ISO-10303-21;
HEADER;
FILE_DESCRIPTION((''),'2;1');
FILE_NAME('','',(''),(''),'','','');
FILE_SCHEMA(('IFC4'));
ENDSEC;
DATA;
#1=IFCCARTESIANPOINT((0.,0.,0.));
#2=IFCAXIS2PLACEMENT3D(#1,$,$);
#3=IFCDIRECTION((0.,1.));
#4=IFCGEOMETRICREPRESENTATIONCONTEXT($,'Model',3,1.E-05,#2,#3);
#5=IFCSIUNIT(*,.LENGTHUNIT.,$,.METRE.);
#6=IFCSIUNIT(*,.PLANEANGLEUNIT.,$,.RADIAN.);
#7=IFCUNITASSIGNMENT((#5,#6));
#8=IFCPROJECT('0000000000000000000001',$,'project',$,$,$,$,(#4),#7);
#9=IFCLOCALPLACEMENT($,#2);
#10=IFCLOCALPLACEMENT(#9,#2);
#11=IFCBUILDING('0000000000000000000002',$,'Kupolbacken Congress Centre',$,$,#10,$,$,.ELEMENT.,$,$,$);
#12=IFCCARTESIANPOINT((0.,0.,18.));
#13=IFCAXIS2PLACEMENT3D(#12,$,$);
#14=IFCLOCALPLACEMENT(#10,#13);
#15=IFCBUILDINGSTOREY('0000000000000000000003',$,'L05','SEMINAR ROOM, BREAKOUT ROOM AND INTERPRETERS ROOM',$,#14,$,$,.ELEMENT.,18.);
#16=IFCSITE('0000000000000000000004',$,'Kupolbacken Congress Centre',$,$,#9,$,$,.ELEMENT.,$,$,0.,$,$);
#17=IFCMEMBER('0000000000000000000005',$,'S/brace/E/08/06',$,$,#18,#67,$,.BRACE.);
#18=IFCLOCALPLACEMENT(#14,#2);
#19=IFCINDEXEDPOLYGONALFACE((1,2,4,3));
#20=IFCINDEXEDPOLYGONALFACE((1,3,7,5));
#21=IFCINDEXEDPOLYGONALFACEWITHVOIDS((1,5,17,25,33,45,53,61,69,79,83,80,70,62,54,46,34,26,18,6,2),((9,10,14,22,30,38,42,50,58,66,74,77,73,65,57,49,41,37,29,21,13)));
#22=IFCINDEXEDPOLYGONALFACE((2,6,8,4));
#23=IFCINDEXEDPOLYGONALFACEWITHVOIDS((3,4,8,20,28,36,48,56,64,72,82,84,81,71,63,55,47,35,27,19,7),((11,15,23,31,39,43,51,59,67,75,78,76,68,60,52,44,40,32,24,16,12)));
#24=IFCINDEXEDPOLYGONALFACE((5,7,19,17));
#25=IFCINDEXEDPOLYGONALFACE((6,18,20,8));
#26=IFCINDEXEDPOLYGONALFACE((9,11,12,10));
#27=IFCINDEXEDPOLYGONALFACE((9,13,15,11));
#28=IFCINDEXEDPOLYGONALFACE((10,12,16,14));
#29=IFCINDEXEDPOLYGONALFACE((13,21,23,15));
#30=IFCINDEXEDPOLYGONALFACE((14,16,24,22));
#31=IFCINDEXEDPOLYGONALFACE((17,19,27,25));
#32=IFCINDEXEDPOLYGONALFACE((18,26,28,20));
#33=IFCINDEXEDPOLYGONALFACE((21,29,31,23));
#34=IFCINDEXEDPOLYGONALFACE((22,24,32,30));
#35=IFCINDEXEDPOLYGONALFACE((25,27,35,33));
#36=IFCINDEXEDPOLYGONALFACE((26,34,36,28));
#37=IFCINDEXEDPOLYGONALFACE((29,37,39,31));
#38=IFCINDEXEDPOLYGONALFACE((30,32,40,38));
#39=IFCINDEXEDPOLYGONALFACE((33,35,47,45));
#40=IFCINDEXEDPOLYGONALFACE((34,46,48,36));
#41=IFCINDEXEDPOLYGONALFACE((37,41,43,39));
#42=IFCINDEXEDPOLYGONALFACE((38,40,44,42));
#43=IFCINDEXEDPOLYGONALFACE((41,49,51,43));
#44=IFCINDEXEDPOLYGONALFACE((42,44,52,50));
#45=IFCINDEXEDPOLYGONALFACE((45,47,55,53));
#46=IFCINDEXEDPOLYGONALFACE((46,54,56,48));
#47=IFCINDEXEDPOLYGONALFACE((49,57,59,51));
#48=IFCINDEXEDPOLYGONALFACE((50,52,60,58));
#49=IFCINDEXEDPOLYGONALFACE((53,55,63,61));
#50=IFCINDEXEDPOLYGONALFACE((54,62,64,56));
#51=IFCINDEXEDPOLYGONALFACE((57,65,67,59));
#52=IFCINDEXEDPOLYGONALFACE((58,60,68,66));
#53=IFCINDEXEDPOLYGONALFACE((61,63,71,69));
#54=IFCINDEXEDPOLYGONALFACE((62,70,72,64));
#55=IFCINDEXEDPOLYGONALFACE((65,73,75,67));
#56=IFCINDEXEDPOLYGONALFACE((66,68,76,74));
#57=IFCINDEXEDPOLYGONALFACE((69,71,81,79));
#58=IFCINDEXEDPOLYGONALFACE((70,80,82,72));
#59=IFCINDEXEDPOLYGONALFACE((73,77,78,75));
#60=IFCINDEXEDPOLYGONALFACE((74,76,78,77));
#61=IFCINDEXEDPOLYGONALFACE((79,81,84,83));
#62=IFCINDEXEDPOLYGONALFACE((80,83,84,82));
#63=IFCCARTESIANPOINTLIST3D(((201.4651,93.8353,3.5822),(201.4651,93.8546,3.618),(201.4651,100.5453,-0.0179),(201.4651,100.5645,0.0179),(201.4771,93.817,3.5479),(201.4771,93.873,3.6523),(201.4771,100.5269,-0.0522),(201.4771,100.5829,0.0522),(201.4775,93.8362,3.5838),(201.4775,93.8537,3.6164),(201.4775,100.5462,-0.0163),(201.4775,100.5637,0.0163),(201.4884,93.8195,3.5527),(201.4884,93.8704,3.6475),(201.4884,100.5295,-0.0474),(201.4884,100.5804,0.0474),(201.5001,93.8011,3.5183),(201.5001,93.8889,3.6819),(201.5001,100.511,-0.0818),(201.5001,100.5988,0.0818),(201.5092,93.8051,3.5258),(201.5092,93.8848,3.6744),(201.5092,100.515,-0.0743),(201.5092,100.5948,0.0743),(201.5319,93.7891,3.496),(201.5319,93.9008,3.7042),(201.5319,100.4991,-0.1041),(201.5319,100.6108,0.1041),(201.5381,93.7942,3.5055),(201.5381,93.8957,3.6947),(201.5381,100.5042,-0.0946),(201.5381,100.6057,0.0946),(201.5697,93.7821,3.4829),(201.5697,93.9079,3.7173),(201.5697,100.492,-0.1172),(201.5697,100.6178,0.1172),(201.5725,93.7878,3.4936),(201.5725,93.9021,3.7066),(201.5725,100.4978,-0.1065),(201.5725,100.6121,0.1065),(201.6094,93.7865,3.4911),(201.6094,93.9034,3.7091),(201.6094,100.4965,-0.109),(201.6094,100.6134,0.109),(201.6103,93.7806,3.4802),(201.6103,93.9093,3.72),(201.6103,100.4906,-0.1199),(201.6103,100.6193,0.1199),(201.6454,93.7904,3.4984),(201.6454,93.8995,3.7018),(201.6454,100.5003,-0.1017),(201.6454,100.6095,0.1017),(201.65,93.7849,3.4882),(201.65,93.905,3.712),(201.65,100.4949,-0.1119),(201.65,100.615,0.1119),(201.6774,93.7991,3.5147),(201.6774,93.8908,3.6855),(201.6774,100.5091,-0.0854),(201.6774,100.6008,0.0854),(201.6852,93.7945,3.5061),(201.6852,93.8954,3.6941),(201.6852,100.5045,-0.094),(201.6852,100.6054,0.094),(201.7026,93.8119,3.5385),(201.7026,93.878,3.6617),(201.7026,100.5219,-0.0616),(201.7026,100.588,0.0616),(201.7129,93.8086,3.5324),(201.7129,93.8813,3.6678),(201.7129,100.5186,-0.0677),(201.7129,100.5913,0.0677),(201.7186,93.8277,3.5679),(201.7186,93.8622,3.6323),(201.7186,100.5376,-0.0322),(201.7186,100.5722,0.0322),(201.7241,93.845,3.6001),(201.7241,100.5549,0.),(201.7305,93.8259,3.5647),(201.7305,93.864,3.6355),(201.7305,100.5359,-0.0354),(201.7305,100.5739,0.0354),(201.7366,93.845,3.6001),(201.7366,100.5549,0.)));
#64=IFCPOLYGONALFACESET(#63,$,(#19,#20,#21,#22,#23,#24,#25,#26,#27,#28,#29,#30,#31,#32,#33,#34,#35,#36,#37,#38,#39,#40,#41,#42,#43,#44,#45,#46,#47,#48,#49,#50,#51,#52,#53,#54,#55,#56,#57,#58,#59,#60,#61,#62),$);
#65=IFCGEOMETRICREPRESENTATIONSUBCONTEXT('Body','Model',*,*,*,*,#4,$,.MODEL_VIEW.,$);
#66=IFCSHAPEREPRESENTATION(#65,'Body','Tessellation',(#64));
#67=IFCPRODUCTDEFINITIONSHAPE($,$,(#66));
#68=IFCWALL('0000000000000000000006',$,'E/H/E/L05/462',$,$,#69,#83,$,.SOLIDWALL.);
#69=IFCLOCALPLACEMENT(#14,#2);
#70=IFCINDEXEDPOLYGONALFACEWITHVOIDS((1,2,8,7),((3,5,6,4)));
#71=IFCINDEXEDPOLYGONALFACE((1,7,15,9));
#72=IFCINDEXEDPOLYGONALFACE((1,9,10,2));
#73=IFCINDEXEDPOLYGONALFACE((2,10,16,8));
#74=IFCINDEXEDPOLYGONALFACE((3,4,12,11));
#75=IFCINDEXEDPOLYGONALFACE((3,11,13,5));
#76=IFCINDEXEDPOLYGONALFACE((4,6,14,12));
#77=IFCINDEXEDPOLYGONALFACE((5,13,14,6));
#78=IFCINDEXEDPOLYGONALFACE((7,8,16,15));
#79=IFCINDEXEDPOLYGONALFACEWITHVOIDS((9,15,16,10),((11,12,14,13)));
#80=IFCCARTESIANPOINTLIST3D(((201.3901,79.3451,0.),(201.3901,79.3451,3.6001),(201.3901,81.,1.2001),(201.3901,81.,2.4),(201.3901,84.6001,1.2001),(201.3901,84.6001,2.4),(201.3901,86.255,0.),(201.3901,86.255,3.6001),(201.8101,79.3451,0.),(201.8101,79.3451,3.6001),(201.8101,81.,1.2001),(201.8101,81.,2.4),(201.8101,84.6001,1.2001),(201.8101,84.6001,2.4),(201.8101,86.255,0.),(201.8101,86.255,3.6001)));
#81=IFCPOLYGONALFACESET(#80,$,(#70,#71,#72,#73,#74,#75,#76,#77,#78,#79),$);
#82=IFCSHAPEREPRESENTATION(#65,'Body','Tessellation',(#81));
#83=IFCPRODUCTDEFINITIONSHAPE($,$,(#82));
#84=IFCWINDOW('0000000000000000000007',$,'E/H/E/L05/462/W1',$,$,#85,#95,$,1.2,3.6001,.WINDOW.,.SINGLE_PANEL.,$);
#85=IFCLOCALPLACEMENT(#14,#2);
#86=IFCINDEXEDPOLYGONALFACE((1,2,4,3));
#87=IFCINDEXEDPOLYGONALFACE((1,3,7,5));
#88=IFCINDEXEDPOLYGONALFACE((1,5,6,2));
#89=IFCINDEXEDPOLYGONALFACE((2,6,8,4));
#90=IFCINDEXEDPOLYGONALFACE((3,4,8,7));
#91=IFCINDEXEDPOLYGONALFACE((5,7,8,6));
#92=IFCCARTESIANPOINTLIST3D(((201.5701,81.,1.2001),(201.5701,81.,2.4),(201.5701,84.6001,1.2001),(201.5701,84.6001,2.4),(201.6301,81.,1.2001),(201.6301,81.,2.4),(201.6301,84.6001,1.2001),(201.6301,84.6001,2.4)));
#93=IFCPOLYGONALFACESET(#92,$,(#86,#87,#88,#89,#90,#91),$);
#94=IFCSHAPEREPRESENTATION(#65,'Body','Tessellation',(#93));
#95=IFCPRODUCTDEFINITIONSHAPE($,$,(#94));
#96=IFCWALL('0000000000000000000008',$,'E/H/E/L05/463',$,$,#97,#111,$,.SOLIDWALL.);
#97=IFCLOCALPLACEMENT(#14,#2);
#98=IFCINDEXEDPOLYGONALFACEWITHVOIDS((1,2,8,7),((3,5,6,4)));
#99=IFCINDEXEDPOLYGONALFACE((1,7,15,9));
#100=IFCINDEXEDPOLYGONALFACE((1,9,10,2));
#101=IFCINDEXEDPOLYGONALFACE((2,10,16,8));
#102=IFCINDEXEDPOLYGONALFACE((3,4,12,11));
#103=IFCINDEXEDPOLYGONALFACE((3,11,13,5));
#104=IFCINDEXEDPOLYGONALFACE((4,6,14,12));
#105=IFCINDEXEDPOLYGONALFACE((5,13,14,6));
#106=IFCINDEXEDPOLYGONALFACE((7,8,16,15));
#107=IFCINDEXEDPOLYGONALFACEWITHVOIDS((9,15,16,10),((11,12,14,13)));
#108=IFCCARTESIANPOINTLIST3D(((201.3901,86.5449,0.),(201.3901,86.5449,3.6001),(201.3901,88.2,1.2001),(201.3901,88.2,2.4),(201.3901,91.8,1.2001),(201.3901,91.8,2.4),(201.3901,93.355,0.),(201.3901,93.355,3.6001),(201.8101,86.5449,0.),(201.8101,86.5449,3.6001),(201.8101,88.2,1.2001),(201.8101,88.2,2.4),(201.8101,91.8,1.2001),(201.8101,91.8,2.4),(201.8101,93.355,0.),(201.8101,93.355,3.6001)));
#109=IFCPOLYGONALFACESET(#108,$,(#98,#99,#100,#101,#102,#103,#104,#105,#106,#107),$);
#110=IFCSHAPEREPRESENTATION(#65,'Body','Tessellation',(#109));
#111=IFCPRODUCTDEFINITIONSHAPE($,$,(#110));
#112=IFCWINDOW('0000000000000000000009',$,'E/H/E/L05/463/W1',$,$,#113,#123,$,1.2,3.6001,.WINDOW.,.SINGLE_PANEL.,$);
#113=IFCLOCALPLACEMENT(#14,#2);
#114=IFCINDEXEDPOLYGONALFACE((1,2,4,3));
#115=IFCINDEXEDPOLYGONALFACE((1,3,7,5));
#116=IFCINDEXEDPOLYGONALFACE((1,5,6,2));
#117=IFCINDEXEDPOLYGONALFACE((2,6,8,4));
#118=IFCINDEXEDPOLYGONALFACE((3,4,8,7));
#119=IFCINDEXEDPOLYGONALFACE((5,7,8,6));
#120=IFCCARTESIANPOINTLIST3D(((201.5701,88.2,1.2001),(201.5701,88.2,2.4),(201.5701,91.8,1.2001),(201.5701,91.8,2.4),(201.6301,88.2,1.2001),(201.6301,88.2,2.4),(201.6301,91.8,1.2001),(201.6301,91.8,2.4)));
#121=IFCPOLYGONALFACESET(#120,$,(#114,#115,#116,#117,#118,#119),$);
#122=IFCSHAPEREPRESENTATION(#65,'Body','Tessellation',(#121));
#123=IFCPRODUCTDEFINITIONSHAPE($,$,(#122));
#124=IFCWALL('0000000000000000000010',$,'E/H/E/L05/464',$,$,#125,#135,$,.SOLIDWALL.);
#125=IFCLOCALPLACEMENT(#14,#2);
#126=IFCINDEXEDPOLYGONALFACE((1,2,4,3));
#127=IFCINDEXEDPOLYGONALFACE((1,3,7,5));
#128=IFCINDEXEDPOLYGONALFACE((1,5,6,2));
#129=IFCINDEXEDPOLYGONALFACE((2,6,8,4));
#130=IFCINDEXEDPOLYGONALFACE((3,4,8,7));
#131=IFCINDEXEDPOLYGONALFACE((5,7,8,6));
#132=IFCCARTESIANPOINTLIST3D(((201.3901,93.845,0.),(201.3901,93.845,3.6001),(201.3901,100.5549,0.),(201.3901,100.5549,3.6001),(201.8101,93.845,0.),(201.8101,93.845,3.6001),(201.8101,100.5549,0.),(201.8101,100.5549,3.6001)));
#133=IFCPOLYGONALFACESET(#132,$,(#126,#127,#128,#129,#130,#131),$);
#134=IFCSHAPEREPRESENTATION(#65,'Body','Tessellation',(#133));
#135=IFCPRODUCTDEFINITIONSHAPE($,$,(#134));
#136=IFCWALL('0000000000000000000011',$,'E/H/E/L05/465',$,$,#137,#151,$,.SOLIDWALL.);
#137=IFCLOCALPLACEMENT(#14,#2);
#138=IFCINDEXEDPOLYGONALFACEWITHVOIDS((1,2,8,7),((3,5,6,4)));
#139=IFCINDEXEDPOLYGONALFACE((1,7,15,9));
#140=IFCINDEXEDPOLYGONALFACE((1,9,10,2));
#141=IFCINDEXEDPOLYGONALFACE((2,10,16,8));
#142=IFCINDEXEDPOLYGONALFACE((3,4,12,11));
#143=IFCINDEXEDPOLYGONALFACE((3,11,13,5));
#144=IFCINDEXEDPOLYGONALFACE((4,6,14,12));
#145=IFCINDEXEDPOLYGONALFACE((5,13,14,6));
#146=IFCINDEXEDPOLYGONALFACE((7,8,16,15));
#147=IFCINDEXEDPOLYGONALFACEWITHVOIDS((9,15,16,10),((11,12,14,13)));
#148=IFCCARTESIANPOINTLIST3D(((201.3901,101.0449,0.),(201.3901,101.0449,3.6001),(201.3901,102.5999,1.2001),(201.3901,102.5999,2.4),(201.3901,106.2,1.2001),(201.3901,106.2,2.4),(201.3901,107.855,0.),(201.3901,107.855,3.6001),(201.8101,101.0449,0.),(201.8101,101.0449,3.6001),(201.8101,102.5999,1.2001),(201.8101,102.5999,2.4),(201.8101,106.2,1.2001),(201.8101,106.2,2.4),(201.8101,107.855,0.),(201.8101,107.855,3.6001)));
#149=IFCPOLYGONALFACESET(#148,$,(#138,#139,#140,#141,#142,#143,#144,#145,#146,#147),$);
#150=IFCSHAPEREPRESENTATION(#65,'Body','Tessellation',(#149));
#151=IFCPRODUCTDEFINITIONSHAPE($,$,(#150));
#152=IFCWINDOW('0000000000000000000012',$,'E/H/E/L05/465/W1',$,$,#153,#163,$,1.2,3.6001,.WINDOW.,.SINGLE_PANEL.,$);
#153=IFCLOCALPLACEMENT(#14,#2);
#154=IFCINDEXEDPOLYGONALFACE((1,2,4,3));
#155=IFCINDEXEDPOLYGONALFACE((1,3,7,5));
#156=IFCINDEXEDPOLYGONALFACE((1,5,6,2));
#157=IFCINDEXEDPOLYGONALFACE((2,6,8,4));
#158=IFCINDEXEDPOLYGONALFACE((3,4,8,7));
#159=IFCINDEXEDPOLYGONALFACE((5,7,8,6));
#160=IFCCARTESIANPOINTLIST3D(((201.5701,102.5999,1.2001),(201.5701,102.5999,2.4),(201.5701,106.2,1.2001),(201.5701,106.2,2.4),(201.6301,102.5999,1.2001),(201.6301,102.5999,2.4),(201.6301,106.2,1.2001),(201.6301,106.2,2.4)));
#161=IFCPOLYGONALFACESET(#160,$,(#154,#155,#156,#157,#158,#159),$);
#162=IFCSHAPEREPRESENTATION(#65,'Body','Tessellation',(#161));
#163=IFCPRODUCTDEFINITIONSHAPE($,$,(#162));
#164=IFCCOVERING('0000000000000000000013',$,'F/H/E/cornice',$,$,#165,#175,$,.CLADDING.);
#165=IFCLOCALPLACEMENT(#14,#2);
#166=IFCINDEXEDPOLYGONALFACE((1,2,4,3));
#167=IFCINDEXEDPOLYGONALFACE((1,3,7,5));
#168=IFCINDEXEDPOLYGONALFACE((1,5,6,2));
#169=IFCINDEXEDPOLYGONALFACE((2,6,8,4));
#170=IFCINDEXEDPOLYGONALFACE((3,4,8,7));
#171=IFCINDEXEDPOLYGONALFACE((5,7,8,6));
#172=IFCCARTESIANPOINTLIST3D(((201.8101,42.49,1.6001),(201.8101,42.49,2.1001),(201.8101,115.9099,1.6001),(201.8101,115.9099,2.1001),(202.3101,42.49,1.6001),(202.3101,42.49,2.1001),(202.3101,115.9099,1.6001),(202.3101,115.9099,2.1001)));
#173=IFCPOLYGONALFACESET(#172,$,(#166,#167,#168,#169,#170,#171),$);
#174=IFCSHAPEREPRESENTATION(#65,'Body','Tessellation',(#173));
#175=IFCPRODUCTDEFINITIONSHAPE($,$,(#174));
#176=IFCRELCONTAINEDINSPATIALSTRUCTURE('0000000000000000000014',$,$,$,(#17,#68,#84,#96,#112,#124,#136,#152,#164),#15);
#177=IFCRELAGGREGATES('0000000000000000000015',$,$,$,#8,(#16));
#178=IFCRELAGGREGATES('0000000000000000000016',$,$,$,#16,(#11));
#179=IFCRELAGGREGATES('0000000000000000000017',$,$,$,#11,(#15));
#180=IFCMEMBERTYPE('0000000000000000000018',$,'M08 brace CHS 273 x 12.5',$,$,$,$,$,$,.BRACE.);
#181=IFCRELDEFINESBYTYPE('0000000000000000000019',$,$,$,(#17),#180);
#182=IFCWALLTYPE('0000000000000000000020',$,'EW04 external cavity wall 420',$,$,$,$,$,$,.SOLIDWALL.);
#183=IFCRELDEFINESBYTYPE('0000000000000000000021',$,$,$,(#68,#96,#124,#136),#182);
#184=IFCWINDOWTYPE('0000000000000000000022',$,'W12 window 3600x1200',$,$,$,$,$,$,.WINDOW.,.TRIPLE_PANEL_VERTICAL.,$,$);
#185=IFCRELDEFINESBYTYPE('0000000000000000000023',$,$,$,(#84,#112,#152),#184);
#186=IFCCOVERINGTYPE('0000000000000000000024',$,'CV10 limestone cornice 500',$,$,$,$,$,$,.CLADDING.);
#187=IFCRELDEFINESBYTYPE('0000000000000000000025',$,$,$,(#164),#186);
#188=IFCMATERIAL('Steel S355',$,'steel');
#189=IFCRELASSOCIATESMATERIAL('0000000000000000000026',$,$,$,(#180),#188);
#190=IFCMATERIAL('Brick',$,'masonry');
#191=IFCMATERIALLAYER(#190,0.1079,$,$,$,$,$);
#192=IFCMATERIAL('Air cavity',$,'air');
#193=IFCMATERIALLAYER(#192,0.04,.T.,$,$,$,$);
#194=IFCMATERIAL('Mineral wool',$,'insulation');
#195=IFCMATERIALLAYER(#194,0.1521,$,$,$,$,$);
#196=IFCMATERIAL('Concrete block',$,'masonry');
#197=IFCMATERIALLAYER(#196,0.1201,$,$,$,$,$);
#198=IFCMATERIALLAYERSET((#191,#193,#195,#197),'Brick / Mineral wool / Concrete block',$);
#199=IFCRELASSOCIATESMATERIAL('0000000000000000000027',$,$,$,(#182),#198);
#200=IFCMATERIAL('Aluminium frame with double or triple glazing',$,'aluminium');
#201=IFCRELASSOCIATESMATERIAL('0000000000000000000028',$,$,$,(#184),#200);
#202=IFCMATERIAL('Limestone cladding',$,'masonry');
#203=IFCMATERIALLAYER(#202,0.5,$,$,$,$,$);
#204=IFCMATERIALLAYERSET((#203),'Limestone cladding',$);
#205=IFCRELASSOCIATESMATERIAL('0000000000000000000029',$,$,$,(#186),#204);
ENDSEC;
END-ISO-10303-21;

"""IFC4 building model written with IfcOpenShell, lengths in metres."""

from ifc_helpers import new_model, si_unit, direction, frame, frame_2d, origin, origin_2d, place, context, subcontext, project, spatial, rectangle, hollow_circle, extrude, material, layer, layer_set, material_profile, profile_set, type_object, element, fill, save


model = new_model("IFC4")

# Units and contexts
model_context = context("Model", 3, precision=1e-05, world=origin(), true_north=direction((0.0, 1.0)))
body_context = subcontext(model_context, "Body", "Model", "MODEL_VIEW")
ifc_project = project(units=[si_unit("LENGTHUNIT", "METRE"), si_unit("PLANEANGLEUNIT", "RADIAN")], contexts=[model_context])

# Site, building, storey
site_placement = place(None, origin())
site = spatial("IfcSite", under=ifc_project, at=site_placement, Name="Kupolbacken Congress Centre", CompositionType="ELEMENT", RefElevation=0.0)
building_placement = place(site_placement, origin())
building = spatial("IfcBuilding", under=site, at=building_placement, Name="Kupolbacken Congress Centre", CompositionType="ELEMENT")
storey_placement = place(building_placement, frame((0.0, 0.0, 18.0)))
storey = spatial("IfcBuildingStorey", under=building, at=storey_placement, Name="L05", Description="SEMINAR ROOM, BREAKOUT ROOM AND INTERPRETERS ROOM", CompositionType="ELEMENT", Elevation=18.0)

# Member
ifc_material_1 = material(Name="Steel S355", Category="steel")
ifc_material_profile_1 = material_profile(ifc_material_1, hollow_circle(Radius=0.1365, WallThickness=0.0125, at=origin_2d()), Name="CHS 273 x 12.5")
ifc_profile_set_1 = profile_set([ifc_material_profile_1], Name="Steel S355")
member_type_1 = type_object("IfcMemberType", Name="M08 brace CHS 273 x 12.5", PredefinedType="BRACE", material=ifc_profile_set_1)
member_1_placement = place(storey_placement, frame((201.6001, 100.5549, 0.0), z_axis=(0.0, -0.88118, 0.47278), x_axis=(1.0, 0.0, 0.0)))
element("IfcMember", 1, at=member_1_placement, inside=storey, type_object=member_type_1, Name="S/brace/E/08/06", PredefinedType="BRACE", context=body_context, shape_type="SweptSolid", body=[
    extrude(hollow_circle(Radius=0.1365, WallThickness=0.0125, at=origin_2d()), origin(), (0.0, 0.0, 1.0), 7.6147),
])

# Walls, openings, windows
ifc_material_2 = material(Name="Brick", Category="masonry")
ifc_layer_1 = layer(ifc_material_2, 0.1079)
ifc_material_3 = material(Name="Air cavity", Category="air")
ifc_layer_2 = layer(ifc_material_3, 0.04, ventilated=True)
ifc_material_4 = material(Name="Mineral wool", Category="insulation")
ifc_layer_3 = layer(ifc_material_4, 0.1521)
ifc_material_5 = material(Name="Concrete block", Category="masonry")
ifc_layer_4 = layer(ifc_material_5, 0.1201)
ifc_layer_set_1 = layer_set([ifc_layer_1, ifc_layer_2, ifc_layer_3, ifc_layer_4], Name="Brick / Mineral wool / Concrete block")
wall_type = type_object("IfcWallType", Name="EW04 external cavity wall 420", PredefinedType="SOLIDWALL", material=ifc_layer_set_1)
wall_1_placement = place(storey_placement, frame((201.6001, 79.345, 0.0), z_axis=(0.0, 0.0, 1.0), x_axis=(0.0, 1.0, 0.0)))
wall_1 = element("IfcWall", 2, at=wall_1_placement, inside=storey, type_object=wall_type, Name="E/H/E/L05/462", PredefinedType="SOLIDWALL", context=body_context, shape_type="SweptSolid", body=[
    extrude(rectangle(XDim=6.9099, YDim=0.4199, at=frame_2d((3.4551, 0.0))), origin(), (0.0, 0.0, 1.0), 3.6001),
])
opening_1_placement = place(wall_1_placement, frame((1.655, 0.0, 1.2)))
opening_1 = element("IfcOpeningElement", 3, at=opening_1_placement, cuts=wall_1, PredefinedType="OPENING", context=body_context, shape_type="SweptSolid", body=[
    extrude(rectangle(XDim=3.6001, YDim=1.2, at=frame_2d((1.8, 0.6001))), frame((0.0, 0.22, 0.0), z_axis=(0.0, -1.0, 0.0), x_axis=(1.0, 0.0, 0.0)), (0.0, 0.0, 1.0), 0.4399),
])
ifc_material_6 = material(Name="Aluminium frame with double or triple glazing", Category="aluminium")
window_type = type_object("IfcWindowType", Name="W12 window 3600x1200", PartitioningType="TRIPLE_PANEL_VERTICAL", PredefinedType="WINDOW", material=ifc_material_6)
window_1_placement = place(opening_1_placement, origin())
window_1 = element("IfcWindow", 4, at=window_1_placement, inside=storey, type_object=window_type, Name="E/H/E/L05/462/W1", OverallHeight=1.2, OverallWidth=3.6001, PartitioningType="SINGLE_PANEL", PredefinedType="WINDOW", context=body_context, shape_type="SweptSolid", body=[
    extrude(rectangle(XDim=3.6001, YDim=1.2, at=frame_2d((1.8, 0.6001))), frame((0.0, 0.03, 0.0), z_axis=(0.0, -1.0, 0.0), x_axis=(1.0, 0.0, 0.0)), (0.0, 0.0, 1.0), 0.0601),
])
fill(opening_1, window_1)
wall_2_placement = place(storey_placement, frame((201.6001, 86.5449, 0.0), z_axis=(0.0, 0.0, 1.0), x_axis=(0.0, 1.0, 0.0)))
wall_2 = element("IfcWall", 5, at=wall_2_placement, inside=storey, type_object=wall_type, Name="E/H/E/L05/463", PredefinedType="SOLIDWALL", context=body_context, shape_type="SweptSolid", body=[
    extrude(rectangle(XDim=6.8101, YDim=0.4199, at=frame_2d((3.405, 0.0))), origin(), (0.0, 0.0, 1.0), 3.6001),
])
opening_2_placement = place(wall_2_placement, frame((1.655, 0.0, 1.2)))
opening_2 = element("IfcOpeningElement", 6, at=opening_2_placement, cuts=wall_2, PredefinedType="OPENING", context=body_context, shape_type="SweptSolid", body=[
    extrude(rectangle(XDim=3.6001, YDim=1.2, at=frame_2d((1.8, 0.6001))), frame((0.0, 0.22, 0.0), z_axis=(0.0, -1.0, 0.0), x_axis=(1.0, 0.0, 0.0)), (0.0, 0.0, 1.0), 0.4399),
])
window_2_placement = place(opening_2_placement, origin())
window_2 = element("IfcWindow", 7, at=window_2_placement, inside=storey, type_object=window_type, Name="E/H/E/L05/463/W1", OverallHeight=1.2, OverallWidth=3.6001, PartitioningType="SINGLE_PANEL", PredefinedType="WINDOW", context=body_context, shape_type="SweptSolid", body=[
    extrude(rectangle(XDim=3.6001, YDim=1.2, at=frame_2d((1.8, 0.6001))), frame((0.0, 0.03, 0.0), z_axis=(0.0, -1.0, 0.0), x_axis=(1.0, 0.0, 0.0)), (0.0, 0.0, 1.0), 0.0601),
])
fill(opening_2, window_2)

# Wall
wall_3_placement = place(storey_placement, frame((201.6001, 93.845, 0.0), z_axis=(0.0, 0.0, 1.0), x_axis=(0.0, 1.0, 0.0)))
element("IfcWall", 8, at=wall_3_placement, inside=storey, type_object=wall_type, Name="E/H/E/L05/464", PredefinedType="SOLIDWALL", context=body_context, shape_type="SweptSolid", body=[
    extrude(rectangle(XDim=6.71, YDim=0.4199, at=frame_2d((3.355, 0.0))), origin(), (0.0, 0.0, 1.0), 3.6001),
])

# Wall, opening, window
wall_4_placement = place(storey_placement, frame((201.6001, 101.0449, 0.0), z_axis=(0.0, 0.0, 1.0), x_axis=(0.0, 1.0, 0.0)))
wall_4 = element("IfcWall", 9, at=wall_4_placement, inside=storey, type_object=wall_type, Name="E/H/E/L05/465", PredefinedType="SOLIDWALL", context=body_context, shape_type="SweptSolid", body=[
    extrude(rectangle(XDim=6.8101, YDim=0.4199, at=frame_2d((3.405, 0.0))), origin(), (0.0, 0.0, 1.0), 3.6001),
])
opening_3_placement = place(wall_4_placement, frame((1.5549, 0.0, 1.2)))
opening_3 = element("IfcOpeningElement", 10, at=opening_3_placement, cuts=wall_4, PredefinedType="OPENING", context=body_context, shape_type="SweptSolid", body=[
    extrude(rectangle(XDim=3.6001, YDim=1.2, at=frame_2d((1.8, 0.6001))), frame((0.0, 0.22, 0.0), z_axis=(0.0, -1.0, 0.0), x_axis=(1.0, 0.0, 0.0)), (0.0, 0.0, 1.0), 0.4399),
])
window_3_placement = place(opening_3_placement, origin())
window_3 = element("IfcWindow", 11, at=window_3_placement, inside=storey, type_object=window_type, Name="E/H/E/L05/465/W1", OverallHeight=1.2, OverallWidth=3.6001, PartitioningType="SINGLE_PANEL", PredefinedType="WINDOW", context=body_context, shape_type="SweptSolid", body=[
    extrude(rectangle(XDim=3.6001, YDim=1.2, at=frame_2d((1.8, 0.6001))), frame((0.0, 0.03, 0.0), z_axis=(0.0, -1.0, 0.0), x_axis=(1.0, 0.0, 0.0)), (0.0, 0.0, 1.0), 0.0601),
])
fill(opening_3, window_3)

# Covering
ifc_material_7 = material(Name="Limestone cladding", Category="masonry")
ifc_layer_5 = layer(ifc_material_7, 0.5)
ifc_layer_set_2 = layer_set([ifc_layer_5], Name="Limestone cladding")
covering_type_1 = type_object("IfcCoveringType", Name="CV10 limestone cornice 500", PredefinedType="CLADDING", material=ifc_layer_set_2)
covering_1_placement = place(storey_placement, frame((202.0601, 79.2, 1.6001), z_axis=(0.0, 0.0, 1.0), x_axis=(0.0, 1.0, 0.0)))
element("IfcCovering", 12, at=covering_1_placement, inside=storey, type_object=covering_type_1, Name="F/H/E/cornice", PredefinedType="CLADDING", context=body_context, shape_type="SweptSolid", body=[
    extrude(rectangle(XDim=73.4199, YDim=0.5, at=origin_2d()), origin(), (0.0, 0.0, 1.0), 0.5),
])

save(model, "model.ifc")
